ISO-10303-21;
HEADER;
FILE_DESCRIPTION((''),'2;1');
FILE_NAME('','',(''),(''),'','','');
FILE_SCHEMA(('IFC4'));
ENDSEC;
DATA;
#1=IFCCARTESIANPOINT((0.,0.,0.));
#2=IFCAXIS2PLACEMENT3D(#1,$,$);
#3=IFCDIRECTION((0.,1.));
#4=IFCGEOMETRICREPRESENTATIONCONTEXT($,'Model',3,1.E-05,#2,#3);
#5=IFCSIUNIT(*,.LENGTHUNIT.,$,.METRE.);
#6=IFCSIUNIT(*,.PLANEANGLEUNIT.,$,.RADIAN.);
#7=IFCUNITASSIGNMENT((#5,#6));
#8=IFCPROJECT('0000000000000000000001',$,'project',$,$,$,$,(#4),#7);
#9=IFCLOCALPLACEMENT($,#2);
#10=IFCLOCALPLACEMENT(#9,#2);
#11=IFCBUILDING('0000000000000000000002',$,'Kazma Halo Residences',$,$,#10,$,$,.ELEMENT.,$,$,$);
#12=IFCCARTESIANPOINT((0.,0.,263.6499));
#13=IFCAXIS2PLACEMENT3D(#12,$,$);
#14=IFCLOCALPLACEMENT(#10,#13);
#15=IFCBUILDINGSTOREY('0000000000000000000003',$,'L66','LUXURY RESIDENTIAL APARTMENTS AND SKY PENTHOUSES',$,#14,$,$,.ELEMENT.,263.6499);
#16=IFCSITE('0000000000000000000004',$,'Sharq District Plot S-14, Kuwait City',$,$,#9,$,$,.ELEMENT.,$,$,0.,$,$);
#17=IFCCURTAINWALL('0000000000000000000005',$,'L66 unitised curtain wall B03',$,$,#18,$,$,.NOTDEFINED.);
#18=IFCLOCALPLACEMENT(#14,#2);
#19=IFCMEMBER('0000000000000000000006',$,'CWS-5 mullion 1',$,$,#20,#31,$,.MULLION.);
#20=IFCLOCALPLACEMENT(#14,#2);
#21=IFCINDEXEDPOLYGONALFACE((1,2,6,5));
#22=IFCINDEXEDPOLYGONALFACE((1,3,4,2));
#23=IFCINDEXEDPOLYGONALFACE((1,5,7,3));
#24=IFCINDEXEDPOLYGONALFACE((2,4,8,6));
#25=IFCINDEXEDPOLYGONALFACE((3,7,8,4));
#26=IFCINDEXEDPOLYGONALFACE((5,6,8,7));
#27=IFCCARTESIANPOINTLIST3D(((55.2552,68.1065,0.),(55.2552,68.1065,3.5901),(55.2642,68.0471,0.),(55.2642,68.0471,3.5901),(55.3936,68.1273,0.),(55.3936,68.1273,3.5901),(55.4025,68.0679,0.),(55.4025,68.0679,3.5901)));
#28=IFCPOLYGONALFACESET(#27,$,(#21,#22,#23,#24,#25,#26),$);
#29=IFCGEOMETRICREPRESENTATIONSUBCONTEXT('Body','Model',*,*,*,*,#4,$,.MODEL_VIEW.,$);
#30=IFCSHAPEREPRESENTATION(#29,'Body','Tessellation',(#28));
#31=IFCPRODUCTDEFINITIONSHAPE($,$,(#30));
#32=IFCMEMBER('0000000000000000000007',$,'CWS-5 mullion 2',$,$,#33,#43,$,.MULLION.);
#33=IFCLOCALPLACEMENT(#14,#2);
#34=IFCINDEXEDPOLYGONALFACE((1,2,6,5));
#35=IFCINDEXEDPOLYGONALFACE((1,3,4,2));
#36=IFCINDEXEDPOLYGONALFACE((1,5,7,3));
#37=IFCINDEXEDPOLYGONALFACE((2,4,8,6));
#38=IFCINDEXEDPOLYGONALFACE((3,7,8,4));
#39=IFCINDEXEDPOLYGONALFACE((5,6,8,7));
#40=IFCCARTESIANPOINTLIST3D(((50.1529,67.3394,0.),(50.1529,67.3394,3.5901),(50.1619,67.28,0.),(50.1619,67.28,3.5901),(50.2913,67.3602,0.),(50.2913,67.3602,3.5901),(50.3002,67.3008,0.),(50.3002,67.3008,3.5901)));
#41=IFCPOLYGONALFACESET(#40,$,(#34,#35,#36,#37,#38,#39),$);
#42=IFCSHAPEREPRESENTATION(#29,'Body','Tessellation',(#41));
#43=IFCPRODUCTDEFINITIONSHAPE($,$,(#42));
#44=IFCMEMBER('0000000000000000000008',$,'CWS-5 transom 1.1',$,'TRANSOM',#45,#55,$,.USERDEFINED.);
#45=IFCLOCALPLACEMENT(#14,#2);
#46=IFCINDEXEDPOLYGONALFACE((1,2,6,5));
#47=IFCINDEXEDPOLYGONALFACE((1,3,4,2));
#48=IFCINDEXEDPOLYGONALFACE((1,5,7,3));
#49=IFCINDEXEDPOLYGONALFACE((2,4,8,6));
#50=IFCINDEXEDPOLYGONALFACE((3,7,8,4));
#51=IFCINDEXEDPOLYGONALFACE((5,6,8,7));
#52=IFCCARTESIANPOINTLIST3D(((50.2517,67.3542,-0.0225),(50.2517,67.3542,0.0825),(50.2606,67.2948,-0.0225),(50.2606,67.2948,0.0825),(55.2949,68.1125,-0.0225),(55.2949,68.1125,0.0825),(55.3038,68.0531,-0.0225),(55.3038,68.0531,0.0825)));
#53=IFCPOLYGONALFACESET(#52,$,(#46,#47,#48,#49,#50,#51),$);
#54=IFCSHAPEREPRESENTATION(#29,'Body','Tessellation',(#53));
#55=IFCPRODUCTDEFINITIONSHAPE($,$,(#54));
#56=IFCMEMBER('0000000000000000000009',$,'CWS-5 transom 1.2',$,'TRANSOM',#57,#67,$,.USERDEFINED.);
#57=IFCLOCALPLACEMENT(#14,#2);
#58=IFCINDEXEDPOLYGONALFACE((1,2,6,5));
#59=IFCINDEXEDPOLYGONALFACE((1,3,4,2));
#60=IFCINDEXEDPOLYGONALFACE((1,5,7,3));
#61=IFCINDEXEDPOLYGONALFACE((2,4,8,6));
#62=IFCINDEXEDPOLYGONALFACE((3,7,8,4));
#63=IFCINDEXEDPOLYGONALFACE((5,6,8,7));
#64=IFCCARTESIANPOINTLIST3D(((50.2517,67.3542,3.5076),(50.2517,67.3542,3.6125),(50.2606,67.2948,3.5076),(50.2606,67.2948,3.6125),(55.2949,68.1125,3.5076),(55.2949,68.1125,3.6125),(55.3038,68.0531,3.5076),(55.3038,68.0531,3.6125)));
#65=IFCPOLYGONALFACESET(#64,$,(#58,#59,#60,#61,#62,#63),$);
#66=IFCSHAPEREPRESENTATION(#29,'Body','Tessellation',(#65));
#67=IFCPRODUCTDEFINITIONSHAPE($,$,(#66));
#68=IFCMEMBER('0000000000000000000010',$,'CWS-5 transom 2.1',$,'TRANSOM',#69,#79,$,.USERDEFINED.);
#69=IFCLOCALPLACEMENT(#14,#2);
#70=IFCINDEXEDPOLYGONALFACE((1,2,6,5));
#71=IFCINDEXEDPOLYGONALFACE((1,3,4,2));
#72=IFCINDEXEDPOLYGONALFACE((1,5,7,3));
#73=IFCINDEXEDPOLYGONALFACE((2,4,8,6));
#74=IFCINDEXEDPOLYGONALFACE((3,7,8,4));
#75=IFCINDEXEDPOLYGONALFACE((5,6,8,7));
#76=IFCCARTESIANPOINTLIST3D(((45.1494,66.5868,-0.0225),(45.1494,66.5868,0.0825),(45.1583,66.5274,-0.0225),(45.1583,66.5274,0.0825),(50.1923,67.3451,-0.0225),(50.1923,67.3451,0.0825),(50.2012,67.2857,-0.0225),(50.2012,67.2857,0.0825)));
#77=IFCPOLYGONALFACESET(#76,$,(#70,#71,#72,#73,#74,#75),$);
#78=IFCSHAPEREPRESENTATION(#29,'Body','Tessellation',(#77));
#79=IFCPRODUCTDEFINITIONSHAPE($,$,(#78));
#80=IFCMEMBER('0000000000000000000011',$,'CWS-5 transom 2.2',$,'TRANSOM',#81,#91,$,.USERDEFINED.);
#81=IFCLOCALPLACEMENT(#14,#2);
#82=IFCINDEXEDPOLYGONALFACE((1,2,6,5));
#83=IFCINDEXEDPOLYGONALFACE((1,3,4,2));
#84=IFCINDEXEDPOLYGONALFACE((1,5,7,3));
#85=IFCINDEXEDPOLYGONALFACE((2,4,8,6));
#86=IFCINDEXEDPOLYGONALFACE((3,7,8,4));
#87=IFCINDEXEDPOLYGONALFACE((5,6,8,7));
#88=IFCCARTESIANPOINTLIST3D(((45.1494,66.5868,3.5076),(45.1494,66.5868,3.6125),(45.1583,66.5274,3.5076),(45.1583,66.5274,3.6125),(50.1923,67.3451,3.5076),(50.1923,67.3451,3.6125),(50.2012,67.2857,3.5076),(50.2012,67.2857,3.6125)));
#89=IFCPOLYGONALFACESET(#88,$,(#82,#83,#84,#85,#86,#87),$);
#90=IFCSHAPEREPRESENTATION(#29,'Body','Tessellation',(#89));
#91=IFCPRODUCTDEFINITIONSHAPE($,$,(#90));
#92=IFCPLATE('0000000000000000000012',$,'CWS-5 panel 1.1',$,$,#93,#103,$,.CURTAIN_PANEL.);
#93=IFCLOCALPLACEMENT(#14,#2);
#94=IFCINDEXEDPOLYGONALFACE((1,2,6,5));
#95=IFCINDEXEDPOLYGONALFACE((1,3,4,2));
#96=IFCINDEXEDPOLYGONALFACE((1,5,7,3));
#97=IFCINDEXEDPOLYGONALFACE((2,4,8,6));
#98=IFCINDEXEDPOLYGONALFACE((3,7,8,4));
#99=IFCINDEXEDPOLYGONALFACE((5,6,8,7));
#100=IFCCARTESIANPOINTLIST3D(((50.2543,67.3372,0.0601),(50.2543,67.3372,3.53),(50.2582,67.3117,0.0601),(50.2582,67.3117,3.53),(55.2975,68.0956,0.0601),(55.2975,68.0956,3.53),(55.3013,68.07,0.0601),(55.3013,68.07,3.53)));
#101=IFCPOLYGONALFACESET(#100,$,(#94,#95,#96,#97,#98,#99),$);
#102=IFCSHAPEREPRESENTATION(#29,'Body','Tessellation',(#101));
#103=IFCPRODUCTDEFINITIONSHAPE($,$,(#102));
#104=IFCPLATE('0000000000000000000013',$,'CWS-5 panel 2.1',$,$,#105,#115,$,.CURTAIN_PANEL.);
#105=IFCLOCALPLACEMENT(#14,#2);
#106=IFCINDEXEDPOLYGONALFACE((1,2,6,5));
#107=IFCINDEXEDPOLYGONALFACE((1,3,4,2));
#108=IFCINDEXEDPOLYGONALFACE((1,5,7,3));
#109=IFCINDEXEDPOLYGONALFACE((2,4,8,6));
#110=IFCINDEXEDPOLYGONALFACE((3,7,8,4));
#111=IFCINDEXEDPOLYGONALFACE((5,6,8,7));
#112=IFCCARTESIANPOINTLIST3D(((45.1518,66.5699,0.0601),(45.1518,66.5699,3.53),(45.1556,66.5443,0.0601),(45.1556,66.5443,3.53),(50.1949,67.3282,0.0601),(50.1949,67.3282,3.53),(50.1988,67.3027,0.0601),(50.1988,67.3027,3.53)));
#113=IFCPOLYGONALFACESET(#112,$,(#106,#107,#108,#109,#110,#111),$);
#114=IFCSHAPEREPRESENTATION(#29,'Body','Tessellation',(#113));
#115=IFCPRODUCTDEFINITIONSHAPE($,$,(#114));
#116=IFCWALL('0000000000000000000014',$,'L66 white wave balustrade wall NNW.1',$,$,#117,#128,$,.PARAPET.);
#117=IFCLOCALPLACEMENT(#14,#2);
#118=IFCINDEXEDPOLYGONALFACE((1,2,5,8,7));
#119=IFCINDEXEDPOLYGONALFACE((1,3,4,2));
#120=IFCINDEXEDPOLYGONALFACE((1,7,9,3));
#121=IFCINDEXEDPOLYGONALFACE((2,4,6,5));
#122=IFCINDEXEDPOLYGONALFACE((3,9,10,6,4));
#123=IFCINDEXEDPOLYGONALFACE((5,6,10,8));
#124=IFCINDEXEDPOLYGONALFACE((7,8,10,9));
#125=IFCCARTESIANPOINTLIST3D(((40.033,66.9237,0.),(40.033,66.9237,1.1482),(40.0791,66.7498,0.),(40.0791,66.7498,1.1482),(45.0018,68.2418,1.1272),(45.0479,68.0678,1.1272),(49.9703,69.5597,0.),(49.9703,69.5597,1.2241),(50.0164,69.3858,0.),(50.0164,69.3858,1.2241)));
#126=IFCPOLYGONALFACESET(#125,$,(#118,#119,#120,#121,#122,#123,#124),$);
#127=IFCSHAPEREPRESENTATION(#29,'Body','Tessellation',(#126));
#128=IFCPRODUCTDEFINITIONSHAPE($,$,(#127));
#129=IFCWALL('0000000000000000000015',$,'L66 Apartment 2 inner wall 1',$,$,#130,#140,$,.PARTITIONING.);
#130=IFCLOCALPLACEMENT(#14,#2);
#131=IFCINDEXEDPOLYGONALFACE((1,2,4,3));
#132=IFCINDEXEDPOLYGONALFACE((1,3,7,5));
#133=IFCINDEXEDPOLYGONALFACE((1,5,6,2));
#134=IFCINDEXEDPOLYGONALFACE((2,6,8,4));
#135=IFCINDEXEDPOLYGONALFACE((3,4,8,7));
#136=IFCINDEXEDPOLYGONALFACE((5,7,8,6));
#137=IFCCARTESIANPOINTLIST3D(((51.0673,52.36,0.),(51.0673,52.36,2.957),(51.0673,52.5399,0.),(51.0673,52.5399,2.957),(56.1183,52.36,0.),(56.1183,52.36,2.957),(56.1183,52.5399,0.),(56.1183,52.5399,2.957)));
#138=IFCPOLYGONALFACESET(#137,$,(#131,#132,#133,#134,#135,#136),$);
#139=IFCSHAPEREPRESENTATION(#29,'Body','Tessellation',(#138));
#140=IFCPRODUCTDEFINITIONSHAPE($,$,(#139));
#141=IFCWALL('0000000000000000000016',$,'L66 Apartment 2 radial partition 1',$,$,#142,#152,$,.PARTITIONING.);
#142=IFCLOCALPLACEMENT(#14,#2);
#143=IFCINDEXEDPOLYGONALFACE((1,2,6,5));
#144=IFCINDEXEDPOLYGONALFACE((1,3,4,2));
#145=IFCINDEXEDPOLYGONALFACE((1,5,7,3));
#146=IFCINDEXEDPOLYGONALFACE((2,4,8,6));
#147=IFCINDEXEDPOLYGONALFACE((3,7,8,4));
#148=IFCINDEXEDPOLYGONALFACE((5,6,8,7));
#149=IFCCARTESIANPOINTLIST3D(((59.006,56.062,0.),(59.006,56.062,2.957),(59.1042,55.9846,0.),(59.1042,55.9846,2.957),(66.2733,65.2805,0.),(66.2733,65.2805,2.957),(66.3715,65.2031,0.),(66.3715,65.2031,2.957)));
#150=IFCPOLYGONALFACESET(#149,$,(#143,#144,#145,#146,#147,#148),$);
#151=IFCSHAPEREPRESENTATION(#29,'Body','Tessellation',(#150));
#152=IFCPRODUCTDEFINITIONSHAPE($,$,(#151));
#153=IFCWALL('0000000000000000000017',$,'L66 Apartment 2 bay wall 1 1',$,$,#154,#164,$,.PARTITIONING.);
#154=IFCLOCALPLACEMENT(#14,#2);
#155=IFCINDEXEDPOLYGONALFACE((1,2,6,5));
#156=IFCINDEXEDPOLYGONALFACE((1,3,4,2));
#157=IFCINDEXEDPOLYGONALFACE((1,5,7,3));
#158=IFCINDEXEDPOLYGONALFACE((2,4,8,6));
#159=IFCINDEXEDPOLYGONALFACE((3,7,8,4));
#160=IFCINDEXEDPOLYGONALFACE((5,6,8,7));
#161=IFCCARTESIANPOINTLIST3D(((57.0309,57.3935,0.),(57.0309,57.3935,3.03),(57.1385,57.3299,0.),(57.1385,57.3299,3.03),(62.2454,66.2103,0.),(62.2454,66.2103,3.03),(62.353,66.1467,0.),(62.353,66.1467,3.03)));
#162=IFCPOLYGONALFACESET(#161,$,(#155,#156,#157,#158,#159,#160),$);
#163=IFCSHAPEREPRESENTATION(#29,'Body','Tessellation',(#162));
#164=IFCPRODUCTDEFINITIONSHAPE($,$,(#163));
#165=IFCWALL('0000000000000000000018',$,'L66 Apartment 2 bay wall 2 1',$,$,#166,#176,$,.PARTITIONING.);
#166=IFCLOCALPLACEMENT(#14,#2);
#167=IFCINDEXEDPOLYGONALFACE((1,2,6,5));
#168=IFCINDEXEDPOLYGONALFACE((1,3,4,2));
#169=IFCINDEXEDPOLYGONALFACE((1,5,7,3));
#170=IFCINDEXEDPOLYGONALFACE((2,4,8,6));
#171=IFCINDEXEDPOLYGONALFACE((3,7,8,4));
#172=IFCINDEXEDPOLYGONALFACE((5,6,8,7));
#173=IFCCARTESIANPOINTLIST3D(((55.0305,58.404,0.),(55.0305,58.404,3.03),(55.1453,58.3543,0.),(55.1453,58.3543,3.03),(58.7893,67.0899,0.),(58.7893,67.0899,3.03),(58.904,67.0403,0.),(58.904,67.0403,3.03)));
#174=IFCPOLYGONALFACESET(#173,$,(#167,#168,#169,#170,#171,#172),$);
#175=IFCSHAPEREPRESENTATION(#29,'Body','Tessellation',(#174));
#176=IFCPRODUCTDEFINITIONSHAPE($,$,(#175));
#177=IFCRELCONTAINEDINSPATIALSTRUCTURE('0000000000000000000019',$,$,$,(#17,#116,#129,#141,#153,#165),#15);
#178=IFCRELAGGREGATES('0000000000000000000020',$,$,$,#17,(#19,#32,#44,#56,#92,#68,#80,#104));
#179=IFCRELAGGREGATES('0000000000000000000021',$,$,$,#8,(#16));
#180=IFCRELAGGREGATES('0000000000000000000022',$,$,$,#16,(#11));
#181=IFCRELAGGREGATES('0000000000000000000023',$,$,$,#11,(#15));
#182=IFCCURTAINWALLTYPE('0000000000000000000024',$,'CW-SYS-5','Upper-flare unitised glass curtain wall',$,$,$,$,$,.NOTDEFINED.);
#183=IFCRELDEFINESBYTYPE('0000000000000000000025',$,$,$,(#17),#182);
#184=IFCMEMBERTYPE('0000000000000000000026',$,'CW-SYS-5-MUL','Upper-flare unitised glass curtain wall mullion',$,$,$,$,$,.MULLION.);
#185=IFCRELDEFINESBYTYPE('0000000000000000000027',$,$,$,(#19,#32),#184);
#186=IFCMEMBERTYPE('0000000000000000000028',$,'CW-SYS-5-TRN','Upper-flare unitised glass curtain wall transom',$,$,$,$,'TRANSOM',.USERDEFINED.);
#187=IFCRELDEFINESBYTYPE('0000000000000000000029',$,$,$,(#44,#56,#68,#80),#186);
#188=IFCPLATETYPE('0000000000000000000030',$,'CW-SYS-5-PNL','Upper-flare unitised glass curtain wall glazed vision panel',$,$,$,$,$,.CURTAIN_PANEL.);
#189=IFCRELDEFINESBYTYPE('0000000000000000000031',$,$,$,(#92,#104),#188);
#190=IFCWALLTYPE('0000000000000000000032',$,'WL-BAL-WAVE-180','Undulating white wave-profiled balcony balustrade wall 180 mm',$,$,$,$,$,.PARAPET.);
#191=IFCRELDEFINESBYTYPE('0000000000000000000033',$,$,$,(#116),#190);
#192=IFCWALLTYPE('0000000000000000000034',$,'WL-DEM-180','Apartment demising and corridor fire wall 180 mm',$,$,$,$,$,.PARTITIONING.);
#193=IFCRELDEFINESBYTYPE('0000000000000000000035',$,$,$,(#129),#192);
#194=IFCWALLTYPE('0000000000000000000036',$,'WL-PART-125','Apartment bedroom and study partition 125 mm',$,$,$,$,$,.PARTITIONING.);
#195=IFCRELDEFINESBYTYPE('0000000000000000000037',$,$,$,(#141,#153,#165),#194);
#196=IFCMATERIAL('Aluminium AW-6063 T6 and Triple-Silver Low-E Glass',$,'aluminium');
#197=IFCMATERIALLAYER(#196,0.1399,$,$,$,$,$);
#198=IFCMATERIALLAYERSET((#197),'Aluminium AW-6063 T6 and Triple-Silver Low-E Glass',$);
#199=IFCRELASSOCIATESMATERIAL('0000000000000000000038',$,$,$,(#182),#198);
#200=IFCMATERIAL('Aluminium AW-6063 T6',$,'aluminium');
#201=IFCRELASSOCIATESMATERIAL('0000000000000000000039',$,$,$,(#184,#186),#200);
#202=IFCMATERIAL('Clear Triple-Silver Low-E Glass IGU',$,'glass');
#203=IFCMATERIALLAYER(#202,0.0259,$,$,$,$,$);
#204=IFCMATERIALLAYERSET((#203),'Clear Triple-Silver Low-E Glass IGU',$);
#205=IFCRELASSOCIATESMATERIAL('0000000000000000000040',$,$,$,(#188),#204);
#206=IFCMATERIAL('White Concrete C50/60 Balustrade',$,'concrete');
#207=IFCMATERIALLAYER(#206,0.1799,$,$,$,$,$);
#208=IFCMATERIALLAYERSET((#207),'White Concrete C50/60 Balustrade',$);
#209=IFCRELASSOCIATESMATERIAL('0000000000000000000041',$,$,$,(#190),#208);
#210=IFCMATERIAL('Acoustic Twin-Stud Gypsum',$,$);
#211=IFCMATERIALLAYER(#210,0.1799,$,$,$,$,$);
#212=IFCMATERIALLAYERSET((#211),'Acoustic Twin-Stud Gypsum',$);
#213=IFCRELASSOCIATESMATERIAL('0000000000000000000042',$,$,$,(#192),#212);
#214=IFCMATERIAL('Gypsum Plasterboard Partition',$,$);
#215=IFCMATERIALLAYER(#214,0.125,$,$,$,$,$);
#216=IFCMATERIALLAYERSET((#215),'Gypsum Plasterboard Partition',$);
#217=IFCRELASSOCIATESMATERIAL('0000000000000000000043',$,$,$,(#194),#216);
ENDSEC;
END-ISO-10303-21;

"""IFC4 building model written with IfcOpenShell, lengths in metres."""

from ifc_helpers import new_model, si_unit, direction, frame, frame_2d, origin, origin_2d, place, context, subcontext, project, spatial, polyline, rectangle, outline, extrude, material, layer, layer_set, material_profile, profile_set, type_object, element, aggregate, save


model = new_model("IFC4")

# Units and contexts
model_context = context("Model", 3, precision=1e-05, world=origin(), true_north=direction((0.0, 1.0)))
body_context = subcontext(model_context, "Body", "Model", "MODEL_VIEW")
ifc_project = project(units=[si_unit("LENGTHUNIT", "METRE"), si_unit("PLANEANGLEUNIT", "RADIAN")], contexts=[model_context])

# Site, building, storey
site_placement = place(None, origin())
site = spatial("IfcSite", under=ifc_project, at=site_placement, Name="Sharq District Plot S-14, Kuwait City", CompositionType="ELEMENT", RefElevation=0.0)
building_placement = place(site_placement, origin())
building = spatial("IfcBuilding", under=site, at=building_placement, Name="Kazma Halo Residences", CompositionType="ELEMENT")
storey_placement = place(building_placement, frame((0.0, 0.0, 263.6499)))
storey = spatial("IfcBuildingStorey", under=building, at=storey_placement, Name="L66", Description="LUXURY RESIDENTIAL APARTMENTS AND SKY PENTHOUSES", CompositionType="ELEMENT", Elevation=263.6499)

# Curtain wall, members, plates
ifc_material_1 = material(Name="Aluminium AW-6063 T6 and Triple-Silver Low-E Glass", Category="aluminium")
ifc_layer_1 = layer(ifc_material_1, 0.1399)
ifc_layer_set_1 = layer_set([ifc_layer_1], Name="Aluminium AW-6063 T6 and Triple-Silver Low-E Glass")
curtain_wall_type = type_object("IfcCurtainWallType", Name="CW-SYS-5", Description="Upper-flare unitised glass curtain wall", PredefinedType="NOTDEFINED", material=ifc_layer_set_1)
curtain_wall_placement = place(storey_placement, origin())
curtain_wall = element("IfcCurtainWall", 1, at=curtain_wall_placement, inside=storey, type_object=curtain_wall_type, Name="L66 unitised curtain wall B03", PredefinedType="NOTDEFINED")
ifc_material_2 = material(Name="Aluminium AW-6063 T6", Category="aluminium")
ifc_material_profile_1 = material_profile(ifc_material_2, rectangle(XDim=0.0601, YDim=0.1399, at=origin_2d()), Name="CWM-60x140")
ifc_profile_set_1 = profile_set([ifc_material_profile_1], Name="Aluminium AW-6063 T6")
member_type_1 = type_object("IfcMemberType", Name="CW-SYS-5-MUL", Description="Upper-flare unitised glass curtain wall mullion", PredefinedType="MULLION", material=ifc_profile_set_1)
member_1_placement = place(storey_placement, frame((55.3289, 68.0872, 0.0), z_axis=(0.0, 0.0, 1.0), x_axis=(0.148697, -0.988883, 0.0)))
member_1 = element("IfcMember", 2, at=member_1_placement, type_object=member_type_1, Name="CWS-5 mullion 1", PredefinedType="MULLION", context=body_context, shape_type="SweptSolid", body=[
    extrude(rectangle(XDim=0.0601, YDim=0.1399, at=origin_2d()), origin(), (0.0, 0.0, 1.0), 3.5901),
])
member_2_placement = place(storey_placement, frame((50.2266, 67.3201, 0.0), z_axis=(0.0, 0.0, 1.0), x_axis=(0.148697, -0.988883, 0.0)))
member_2 = element("IfcMember", 3, at=member_2_placement, type_object=member_type_1, Name="CWS-5 mullion 2", PredefinedType="MULLION", context=body_context, shape_type="SweptSolid", body=[
    extrude(rectangle(XDim=0.0601, YDim=0.1399, at=origin_2d()), origin(), (0.0, 0.0, 1.0), 3.5901),
])
ifc_material_profile_2 = material_profile(ifc_material_2, rectangle(XDim=0.0601, YDim=0.105, at=origin_2d()), Name="CWT-60x105")
ifc_profile_set_2 = profile_set([ifc_material_profile_2], Name="Aluminium AW-6063 T6")
member_type_2 = type_object("IfcMemberType", Name="CW-SYS-5-TRN", Description="Upper-flare unitised glass curtain wall transom", ElementType="TRANSOM", PredefinedType="USERDEFINED", material=ifc_profile_set_2)
member_3_placement = place(storey_placement, frame((55.2993, 68.0828, 0.03), z_axis=(-0.988884, -0.148689, 0.0), x_axis=(0.148689, -0.988884, 0.0)))
member_3 = element("IfcMember", 4, at=member_3_placement, type_object=member_type_2, Name="CWS-5 transom 1.1", ObjectType="TRANSOM", PredefinedType="USERDEFINED", context=body_context, shape_type="SweptSolid", body=[
    extrude(rectangle(XDim=0.0601, YDim=0.105, at=origin_2d()), origin(), (0.0, 0.0, 1.0), 5.0999),
])
member_4_placement = place(storey_placement, frame((55.2993, 68.0828, 3.5601), z_axis=(-0.988884, -0.148689, 0.0), x_axis=(0.148689, -0.988884, 0.0)))
member_4 = element("IfcMember", 5, at=member_4_placement, type_object=member_type_2, Name="CWS-5 transom 1.2", ObjectType="TRANSOM", PredefinedType="USERDEFINED", context=body_context, shape_type="SweptSolid", body=[
    extrude(rectangle(XDim=0.0601, YDim=0.105, at=origin_2d()), origin(), (0.0, 0.0, 1.0), 5.0999),
])
member_5_placement = place(storey_placement, frame((50.1968, 67.3154, 0.03), z_axis=(-0.988883, -0.148696, 0.0), x_axis=(0.148696, -0.988883, 0.0)))
member_5 = element("IfcMember", 6, at=member_5_placement, type_object=member_type_2, Name="CWS-5 transom 2.1", ObjectType="TRANSOM", PredefinedType="USERDEFINED", context=body_context, shape_type="SweptSolid", body=[
    extrude(rectangle(XDim=0.0601, YDim=0.105, at=origin_2d()), origin(), (0.0, 0.0, 1.0), 5.0996),
])
member_6_placement = place(storey_placement, frame((50.1968, 67.3154, 3.5601), z_axis=(-0.988883, -0.148696, 0.0), x_axis=(0.148696, -0.988883, 0.0)))
member_6 = element("IfcMember", 7, at=member_6_placement, type_object=member_type_2, Name="CWS-5 transom 2.2", ObjectType="TRANSOM", PredefinedType="USERDEFINED", context=body_context, shape_type="SweptSolid", body=[
    extrude(rectangle(XDim=0.0601, YDim=0.105, at=origin_2d()), origin(), (0.0, 0.0, 1.0), 5.0996),
])
ifc_material_3 = material(Name="Clear Triple-Silver Low-E Glass IGU", Category="glass")
ifc_layer_2 = layer(ifc_material_3, 0.0259)
ifc_layer_set_2 = layer_set([ifc_layer_2], Name="Clear Triple-Silver Low-E Glass IGU")
plate_type = type_object("IfcPlateType", Name="CW-SYS-5-PNL", Description="Upper-flare unitised glass curtain wall glazed vision panel", PredefinedType="CURTAIN_PANEL", material=ifc_layer_set_2)
plate_1_placement = place(storey_placement, frame((52.7778, 67.7036, 0.0601), z_axis=(0.0, 0.0, 1.0), x_axis=(-0.988883, -0.148697, 0.0)))
plate_1 = element("IfcPlate", 8, at=plate_1_placement, type_object=plate_type, Name="CWS-5 panel 1.1", PredefinedType="CURTAIN_PANEL", context=body_context, shape_type="SweptSolid", body=[
    extrude(rectangle(XDim=5.0999, YDim=0.0259, at=origin_2d()), origin(), (0.0, 0.0, 1.0), 3.47),
])
plate_2_placement = place(storey_placement, frame((47.6753, 66.9363, 0.0601), z_axis=(0.0, 0.0, 1.0), x_axis=(-0.988883, -0.148697, 0.0)))
plate_2 = element("IfcPlate", 9, at=plate_2_placement, type_object=plate_type, Name="CWS-5 panel 2.1", PredefinedType="CURTAIN_PANEL", context=body_context, shape_type="SweptSolid", body=[
    extrude(rectangle(XDim=5.0999, YDim=0.0259, at=origin_2d()), origin(), (0.0, 0.0, 1.0), 3.47),
])
aggregate(curtain_wall, [member_1, member_2, member_3, member_4, plate_1, member_5, member_6, plate_2])

# Walls
ifc_material_4 = material(Name="White Concrete C50/60 Balustrade", Category="concrete")
ifc_layer_3 = layer(ifc_material_4, 0.1799)
ifc_layer_set_3 = layer_set([ifc_layer_3], Name="White Concrete C50/60 Balustrade")
wall_type_1 = type_object("IfcWallType", Name="WL-BAL-WAVE-180", Description="Undulating white wave-profiled balcony balustrade wall 180 mm", PredefinedType="PARAPET", material=ifc_layer_set_3)
wall_1_placement = place(storey_placement, frame((49.9934, 69.4727, 0.0), z_axis=(0.0, 0.0, 1.0), x_axis=(-0.966572, -0.256396, 0.0)))
element("IfcWall", 10, at=wall_1_placement, inside=storey, type_object=wall_type_1, Name="L66 white wave balustrade wall NNW.1", PredefinedType="PARAPET", context=body_context, shape_type="SweptSolid", body=[
    extrude(outline(polyline([(0.0, 0.0), (10.281, 0.0), (10.281, 1.1482), (5.1404, 1.1272), (0.0, 1.2241), (0.0, 0.0)])), frame((0.0, 0.0898, 0.0), z_axis=(0.0, -1.0, 0.0), x_axis=(1.0, 0.0, 0.0)), (0.0, 0.0, 1.0), 0.1799),
])
ifc_material_5 = material(Name="Acoustic Twin-Stud Gypsum")
ifc_layer_4 = layer(ifc_material_5, 0.1799)
ifc_layer_set_4 = layer_set([ifc_layer_4], Name="Acoustic Twin-Stud Gypsum")
wall_type_2 = type_object("IfcWallType", Name="WL-DEM-180", Description="Apartment demising and corridor fire wall 180 mm", PredefinedType="PARTITIONING", material=ifc_layer_set_4)
wall_2_placement = place(storey_placement, frame((56.1182, 52.45, 0.0), z_axis=(0.0, 0.0, 1.0), x_axis=(-1.0, 0.0, 0.0)))
element("IfcWall", 11, at=wall_2_placement, inside=storey, type_object=wall_type_2, Name="L66 Apartment 2 inner wall 1", PredefinedType="PARTITIONING", context=body_context, shape_type="SweptSolid", body=[
    extrude(rectangle(XDim=5.051, YDim=0.1799, at=frame_2d((2.5254, 0.0))), origin(), (0.0, 0.0, 1.0), 2.957),
])
ifc_material_6 = material(Name="Gypsum Plasterboard Partition")
ifc_layer_5 = layer(ifc_material_6, 0.125)
ifc_layer_set_5 = layer_set([ifc_layer_5], Name="Gypsum Plasterboard Partition")
wall_type_3 = type_object("IfcWallType", Name="WL-PART-125", Description="Apartment bedroom and study partition 125 mm", PredefinedType="PARTITIONING", material=ifc_layer_set_5)
wall_3_placement = place(storey_placement, frame((59.0552, 56.0234, 0.0), z_axis=(0.0, 0.0, 1.0), x_axis=(0.619097, 0.785315, 0.0)))
element("IfcWall", 12, at=wall_3_placement, inside=storey, type_object=wall_type_3, Name="L66 Apartment 2 radial partition 1", PredefinedType="PARTITIONING", context=body_context, shape_type="SweptSolid", body=[
    extrude(rectangle(XDim=11.7385, YDim=0.125, at=frame_2d((5.8691, 0.0))), origin(), (0.0, 0.0, 1.0), 2.957),
])
wall_4_placement = place(storey_placement, frame((57.0847, 57.3618, 0.0), z_axis=(0.0, 0.0, 1.0), x_axis=(0.509063, 0.860729, 0.0)))
element("IfcWall", 13, at=wall_4_placement, inside=storey, type_object=wall_type_3, Name="L66 Apartment 2 bay wall 1 1", PredefinedType="PARTITIONING", context=body_context, shape_type="SweptSolid", body=[
    extrude(rectangle(XDim=10.2434, YDim=0.125, at=frame_2d((5.1216, 0.0))), origin(), (0.0, 0.0, 1.0), 3.03),
])
wall_5_placement = place(storey_placement, frame((55.0879, 58.3792, 0.0), z_axis=(0.0, 0.0, 1.0), x_axis=(0.397148, 0.917754, 0.0)))
element("IfcWall", 14, at=wall_5_placement, inside=storey, type_object=wall_type_3, Name="L66 Apartment 2 bay wall 2 1", PredefinedType="PARTITIONING", context=body_context, shape_type="SweptSolid", body=[
    extrude(rectangle(XDim=9.4644, YDim=0.125, at=frame_2d((4.7322, 0.0))), origin(), (0.0, 0.0, 1.0), 3.03),
])

save(model, "model.ifc")
